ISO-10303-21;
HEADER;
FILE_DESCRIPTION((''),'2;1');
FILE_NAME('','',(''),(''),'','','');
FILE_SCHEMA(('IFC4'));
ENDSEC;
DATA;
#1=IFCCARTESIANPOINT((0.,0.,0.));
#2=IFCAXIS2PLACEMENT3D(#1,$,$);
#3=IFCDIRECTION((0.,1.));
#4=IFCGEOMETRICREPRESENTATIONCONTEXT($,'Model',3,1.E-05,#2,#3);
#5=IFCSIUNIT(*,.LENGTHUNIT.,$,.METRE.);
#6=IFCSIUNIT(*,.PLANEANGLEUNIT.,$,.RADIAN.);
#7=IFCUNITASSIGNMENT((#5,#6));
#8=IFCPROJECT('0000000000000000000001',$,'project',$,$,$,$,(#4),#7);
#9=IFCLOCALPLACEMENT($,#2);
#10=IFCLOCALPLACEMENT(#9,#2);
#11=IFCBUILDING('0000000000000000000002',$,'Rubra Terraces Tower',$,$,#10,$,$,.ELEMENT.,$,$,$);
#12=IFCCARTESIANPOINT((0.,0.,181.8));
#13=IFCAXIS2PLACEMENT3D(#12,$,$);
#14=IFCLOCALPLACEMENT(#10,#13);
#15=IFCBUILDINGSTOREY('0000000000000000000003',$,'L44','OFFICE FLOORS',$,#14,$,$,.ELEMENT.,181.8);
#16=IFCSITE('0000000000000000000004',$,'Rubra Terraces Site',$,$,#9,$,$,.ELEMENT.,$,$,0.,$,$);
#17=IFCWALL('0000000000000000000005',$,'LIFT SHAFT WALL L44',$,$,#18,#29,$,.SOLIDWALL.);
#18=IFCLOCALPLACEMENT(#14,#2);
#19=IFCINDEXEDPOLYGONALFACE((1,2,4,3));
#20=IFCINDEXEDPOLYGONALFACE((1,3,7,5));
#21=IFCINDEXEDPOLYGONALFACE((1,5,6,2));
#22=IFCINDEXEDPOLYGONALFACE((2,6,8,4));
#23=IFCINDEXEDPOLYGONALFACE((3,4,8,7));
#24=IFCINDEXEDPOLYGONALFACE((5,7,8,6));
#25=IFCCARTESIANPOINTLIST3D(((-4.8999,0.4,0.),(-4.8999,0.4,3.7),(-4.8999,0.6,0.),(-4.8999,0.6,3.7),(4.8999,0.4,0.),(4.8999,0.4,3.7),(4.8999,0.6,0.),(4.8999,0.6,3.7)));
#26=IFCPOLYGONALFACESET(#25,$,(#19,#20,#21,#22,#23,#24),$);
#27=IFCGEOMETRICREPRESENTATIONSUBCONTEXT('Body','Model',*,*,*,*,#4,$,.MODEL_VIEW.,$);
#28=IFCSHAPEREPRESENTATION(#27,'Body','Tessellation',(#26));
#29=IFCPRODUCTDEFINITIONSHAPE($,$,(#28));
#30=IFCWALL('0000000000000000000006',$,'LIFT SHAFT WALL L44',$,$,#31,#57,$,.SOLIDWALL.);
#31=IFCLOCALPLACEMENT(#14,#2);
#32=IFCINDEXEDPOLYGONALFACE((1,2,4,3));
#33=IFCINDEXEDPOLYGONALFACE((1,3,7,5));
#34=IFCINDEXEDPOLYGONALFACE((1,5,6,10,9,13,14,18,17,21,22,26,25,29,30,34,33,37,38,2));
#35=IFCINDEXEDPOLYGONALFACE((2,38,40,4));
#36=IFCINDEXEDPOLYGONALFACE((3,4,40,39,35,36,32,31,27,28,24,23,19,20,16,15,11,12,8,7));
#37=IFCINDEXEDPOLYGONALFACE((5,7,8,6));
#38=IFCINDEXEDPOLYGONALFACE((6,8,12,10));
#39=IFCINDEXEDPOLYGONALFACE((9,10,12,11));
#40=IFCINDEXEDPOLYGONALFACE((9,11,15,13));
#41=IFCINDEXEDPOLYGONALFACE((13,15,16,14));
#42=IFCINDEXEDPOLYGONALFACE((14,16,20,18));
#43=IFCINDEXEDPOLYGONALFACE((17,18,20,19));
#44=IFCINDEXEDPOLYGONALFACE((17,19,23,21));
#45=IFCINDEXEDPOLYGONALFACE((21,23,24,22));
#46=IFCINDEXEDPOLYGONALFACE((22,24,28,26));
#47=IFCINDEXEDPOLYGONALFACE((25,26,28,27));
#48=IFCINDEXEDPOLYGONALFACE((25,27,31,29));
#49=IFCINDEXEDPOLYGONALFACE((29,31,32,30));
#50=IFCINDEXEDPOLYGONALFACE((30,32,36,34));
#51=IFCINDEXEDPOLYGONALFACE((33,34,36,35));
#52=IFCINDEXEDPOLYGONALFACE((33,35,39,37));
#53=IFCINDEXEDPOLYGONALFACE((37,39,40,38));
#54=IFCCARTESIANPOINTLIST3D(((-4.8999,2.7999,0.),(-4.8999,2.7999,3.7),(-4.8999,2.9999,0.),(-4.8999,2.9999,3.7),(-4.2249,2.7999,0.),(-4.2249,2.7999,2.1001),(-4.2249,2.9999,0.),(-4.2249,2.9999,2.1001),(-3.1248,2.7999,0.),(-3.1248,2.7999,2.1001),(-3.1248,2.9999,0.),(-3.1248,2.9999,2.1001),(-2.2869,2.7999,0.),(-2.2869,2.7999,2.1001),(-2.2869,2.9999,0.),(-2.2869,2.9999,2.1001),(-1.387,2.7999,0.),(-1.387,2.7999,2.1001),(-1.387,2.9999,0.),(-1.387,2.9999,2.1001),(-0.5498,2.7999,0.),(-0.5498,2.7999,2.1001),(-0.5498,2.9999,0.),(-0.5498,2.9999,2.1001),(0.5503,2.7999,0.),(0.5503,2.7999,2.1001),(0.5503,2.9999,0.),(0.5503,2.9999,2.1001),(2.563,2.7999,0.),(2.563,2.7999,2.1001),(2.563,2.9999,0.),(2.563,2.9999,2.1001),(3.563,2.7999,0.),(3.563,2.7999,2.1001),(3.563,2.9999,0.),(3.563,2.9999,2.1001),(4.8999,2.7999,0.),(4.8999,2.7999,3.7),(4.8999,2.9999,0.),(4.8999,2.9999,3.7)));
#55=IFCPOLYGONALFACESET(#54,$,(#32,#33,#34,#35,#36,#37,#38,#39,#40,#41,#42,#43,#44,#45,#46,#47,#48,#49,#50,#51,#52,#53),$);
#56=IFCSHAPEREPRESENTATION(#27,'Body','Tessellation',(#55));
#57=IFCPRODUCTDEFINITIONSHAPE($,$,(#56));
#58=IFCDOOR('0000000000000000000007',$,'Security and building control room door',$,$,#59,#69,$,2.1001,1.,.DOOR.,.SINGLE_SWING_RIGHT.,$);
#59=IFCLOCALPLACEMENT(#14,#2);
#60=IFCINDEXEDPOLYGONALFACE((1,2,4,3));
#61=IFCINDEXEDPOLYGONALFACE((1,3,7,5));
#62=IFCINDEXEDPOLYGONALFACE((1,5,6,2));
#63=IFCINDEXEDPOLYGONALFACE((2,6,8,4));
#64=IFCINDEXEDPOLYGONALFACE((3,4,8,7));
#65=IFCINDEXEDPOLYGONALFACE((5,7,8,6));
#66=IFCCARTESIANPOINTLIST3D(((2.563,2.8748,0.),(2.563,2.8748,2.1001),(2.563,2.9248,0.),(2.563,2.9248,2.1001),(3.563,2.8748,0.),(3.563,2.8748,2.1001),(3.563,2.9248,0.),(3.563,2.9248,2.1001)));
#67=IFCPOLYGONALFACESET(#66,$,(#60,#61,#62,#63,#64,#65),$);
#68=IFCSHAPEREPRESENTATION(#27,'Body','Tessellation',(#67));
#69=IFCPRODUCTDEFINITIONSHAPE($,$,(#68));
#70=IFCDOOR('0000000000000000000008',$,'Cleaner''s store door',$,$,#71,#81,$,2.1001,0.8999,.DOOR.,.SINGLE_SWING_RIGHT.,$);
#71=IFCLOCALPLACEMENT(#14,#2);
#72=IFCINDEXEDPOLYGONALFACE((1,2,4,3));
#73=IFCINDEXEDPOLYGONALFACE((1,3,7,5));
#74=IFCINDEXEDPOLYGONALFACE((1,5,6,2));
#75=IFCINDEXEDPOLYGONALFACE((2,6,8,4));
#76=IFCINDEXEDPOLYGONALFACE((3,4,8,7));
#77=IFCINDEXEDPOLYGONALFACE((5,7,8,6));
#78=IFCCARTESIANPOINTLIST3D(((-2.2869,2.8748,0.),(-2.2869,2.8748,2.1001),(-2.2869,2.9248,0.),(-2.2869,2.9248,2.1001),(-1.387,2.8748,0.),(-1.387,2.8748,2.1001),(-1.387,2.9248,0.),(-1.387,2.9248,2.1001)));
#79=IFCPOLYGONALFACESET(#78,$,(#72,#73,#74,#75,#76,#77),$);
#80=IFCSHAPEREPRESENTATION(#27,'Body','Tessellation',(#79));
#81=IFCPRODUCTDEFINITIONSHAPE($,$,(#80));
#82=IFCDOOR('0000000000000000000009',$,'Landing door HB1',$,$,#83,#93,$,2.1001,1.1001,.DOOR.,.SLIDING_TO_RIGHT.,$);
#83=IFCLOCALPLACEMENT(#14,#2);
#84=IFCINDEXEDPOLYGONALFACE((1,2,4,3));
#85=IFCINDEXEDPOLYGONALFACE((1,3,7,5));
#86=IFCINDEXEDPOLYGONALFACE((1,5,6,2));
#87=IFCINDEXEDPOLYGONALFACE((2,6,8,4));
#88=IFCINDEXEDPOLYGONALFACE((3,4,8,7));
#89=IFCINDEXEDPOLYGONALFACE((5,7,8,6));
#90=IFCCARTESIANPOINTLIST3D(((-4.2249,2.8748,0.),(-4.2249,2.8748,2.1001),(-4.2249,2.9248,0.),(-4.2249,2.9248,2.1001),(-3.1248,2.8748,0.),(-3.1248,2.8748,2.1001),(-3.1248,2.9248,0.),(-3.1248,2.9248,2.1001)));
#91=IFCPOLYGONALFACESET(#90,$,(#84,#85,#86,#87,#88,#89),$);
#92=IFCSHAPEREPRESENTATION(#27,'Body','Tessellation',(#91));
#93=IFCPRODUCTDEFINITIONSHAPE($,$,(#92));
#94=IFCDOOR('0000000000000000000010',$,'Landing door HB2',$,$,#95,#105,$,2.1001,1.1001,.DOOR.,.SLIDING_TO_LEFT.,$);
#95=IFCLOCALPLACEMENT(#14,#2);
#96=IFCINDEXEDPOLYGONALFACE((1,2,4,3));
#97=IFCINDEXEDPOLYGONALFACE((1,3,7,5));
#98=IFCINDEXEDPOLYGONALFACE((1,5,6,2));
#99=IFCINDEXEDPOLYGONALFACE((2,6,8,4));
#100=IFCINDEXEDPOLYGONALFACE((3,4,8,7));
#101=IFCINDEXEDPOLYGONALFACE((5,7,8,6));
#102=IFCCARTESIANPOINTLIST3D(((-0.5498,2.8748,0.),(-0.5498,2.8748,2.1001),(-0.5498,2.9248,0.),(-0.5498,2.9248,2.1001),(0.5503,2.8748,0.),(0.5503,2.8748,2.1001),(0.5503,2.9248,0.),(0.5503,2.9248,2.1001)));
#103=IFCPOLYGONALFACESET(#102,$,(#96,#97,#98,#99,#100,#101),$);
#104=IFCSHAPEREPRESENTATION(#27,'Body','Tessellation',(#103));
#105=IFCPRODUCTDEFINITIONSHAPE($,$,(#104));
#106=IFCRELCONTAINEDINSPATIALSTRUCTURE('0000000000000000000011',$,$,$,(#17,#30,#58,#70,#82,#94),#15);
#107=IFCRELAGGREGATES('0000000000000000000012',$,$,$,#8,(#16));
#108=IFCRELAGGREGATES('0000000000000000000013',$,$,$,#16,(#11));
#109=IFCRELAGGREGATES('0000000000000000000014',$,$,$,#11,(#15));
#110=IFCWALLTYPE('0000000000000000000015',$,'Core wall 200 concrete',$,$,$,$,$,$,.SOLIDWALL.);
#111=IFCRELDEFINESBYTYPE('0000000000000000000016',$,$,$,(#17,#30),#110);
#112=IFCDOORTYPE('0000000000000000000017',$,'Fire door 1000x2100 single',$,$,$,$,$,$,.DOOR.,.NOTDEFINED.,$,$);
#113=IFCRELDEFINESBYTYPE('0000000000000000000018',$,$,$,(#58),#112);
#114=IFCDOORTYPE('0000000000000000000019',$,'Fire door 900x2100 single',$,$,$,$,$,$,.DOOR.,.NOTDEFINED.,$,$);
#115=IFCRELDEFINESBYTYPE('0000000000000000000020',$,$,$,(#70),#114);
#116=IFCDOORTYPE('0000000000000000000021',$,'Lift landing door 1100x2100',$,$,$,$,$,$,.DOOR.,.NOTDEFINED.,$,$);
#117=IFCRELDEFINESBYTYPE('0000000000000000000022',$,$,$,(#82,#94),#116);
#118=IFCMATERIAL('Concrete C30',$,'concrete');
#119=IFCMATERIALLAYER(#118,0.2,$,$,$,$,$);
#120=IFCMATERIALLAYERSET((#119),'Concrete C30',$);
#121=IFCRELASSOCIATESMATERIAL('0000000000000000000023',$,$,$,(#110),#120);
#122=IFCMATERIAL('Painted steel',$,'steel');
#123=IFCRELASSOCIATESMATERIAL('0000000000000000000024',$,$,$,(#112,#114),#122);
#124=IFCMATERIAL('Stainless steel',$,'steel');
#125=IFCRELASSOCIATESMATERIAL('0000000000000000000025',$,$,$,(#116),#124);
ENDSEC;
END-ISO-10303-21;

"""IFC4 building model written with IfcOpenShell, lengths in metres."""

from ifc_helpers import new_model, si_unit, direction, frame, frame_2d, origin, place, context, subcontext, project, spatial, rectangle, extrude, material, layer, layer_set, type_object, element, fill, save


model = new_model("IFC4")

# Units and contexts
model_context = context("Model", 3, precision=1e-05, world=origin(), true_north=direction((0.0, 1.0)))
body_context = subcontext(model_context, "Body", "Model", "MODEL_VIEW")
ifc_project = project(units=[si_unit("LENGTHUNIT", "METRE"), si_unit("PLANEANGLEUNIT", "RADIAN")], contexts=[model_context])

# Site, building, storey
site_placement = place(None, origin())
site = spatial("IfcSite", under=ifc_project, at=site_placement, Name="Rubra Terraces Site", CompositionType="ELEMENT", RefElevation=0.0)
building_placement = place(site_placement, origin())
building = spatial("IfcBuilding", under=site, at=building_placement, Name="Rubra Terraces Tower", CompositionType="ELEMENT")
storey_placement = place(building_placement, frame((0.0, 0.0, 181.8)))
storey = spatial("IfcBuildingStorey", under=building, at=storey_placement, Name="L44", Description="OFFICE FLOORS", CompositionType="ELEMENT", Elevation=181.8)

# Wall
ifc_material_1 = material(Name="Concrete C30", Category="concrete")
ifc_layer_1 = layer(ifc_material_1, 0.2)
ifc_layer_set_1 = layer_set([ifc_layer_1], Name="Concrete C30")
wall_type_1 = type_object("IfcWallType", Name="Core wall 200 concrete", PredefinedType="SOLIDWALL", material=ifc_layer_set_1)
wall_1_placement = place(storey_placement, frame((-4.8999, 0.5, 0.0), z_axis=(0.0, 0.0, 1.0), x_axis=(1.0, 0.0, 0.0)))
element("IfcWall", 1, at=wall_1_placement, inside=storey, type_object=wall_type_1, Name="LIFT SHAFT WALL L44", PredefinedType="SOLIDWALL", context=body_context, shape_type="SweptSolid", body=[
    extrude(rectangle(XDim=9.7998, YDim=0.2, at=frame_2d((4.8999, 0.0))), origin(), (0.0, 0.0, 1.0), 3.7),
])

# Wall, openings, doors
wall_2_placement = place(storey_placement, frame((-4.8999, 2.8999, 0.0), z_axis=(0.0, 0.0, 1.0), x_axis=(1.0, 0.0, 0.0)))
wall_2 = element("IfcWall", 2, at=wall_2_placement, inside=storey, type_object=wall_type_1, Name="LIFT SHAFT WALL L44", PredefinedType="SOLIDWALL", context=body_context, shape_type="SweptSolid", body=[
    extrude(rectangle(XDim=9.7998, YDim=0.2, at=frame_2d((4.8999, 0.0))), origin(), (0.0, 0.0, 1.0), 3.7),
])
opening_1_placement = place(wall_2_placement, frame((0.675, 0.0, 0.0)))
opening_1 = element("IfcOpeningElement", 3, at=opening_1_placement, cuts=wall_2, PredefinedType="OPENING", context=body_context, shape_type="SweptSolid", body=[
    extrude(rectangle(XDim=1.1001, YDim=2.1001, at=frame_2d((0.55, 1.05))), frame((0.0, 0.1099, 0.0), z_axis=(0.0, -1.0, 0.0), x_axis=(1.0, 0.0, 0.0)), (0.0, 0.0, 1.0), 0.22),
])
opening_2_placement = place(wall_2_placement, frame((2.613, 0.0, 0.0)))
opening_2 = element("IfcOpeningElement", 4, at=opening_2_placement, cuts=wall_2, PredefinedType="OPENING", context=body_context, shape_type="SweptSolid", body=[
    extrude(rectangle(XDim=0.8999, YDim=2.1001, at=frame_2d((0.45, 1.05))), frame((0.0, 0.1099, 0.0), z_axis=(0.0, -1.0, 0.0), x_axis=(1.0, 0.0, 0.0)), (0.0, 0.0, 1.0), 0.22),
])
opening_3_placement = place(wall_2_placement, frame((4.3501, 0.0, 0.0)))
opening_3 = element("IfcOpeningElement", 5, at=opening_3_placement, cuts=wall_2, PredefinedType="OPENING", context=body_context, shape_type="SweptSolid", body=[
    extrude(rectangle(XDim=1.1001, YDim=2.1001, at=frame_2d((0.55, 1.05))), frame((0.0, 0.1099, 0.0), z_axis=(0.0, -1.0, 0.0), x_axis=(1.0, 0.0, 0.0)), (0.0, 0.0, 1.0), 0.22),
])
opening_4_placement = place(wall_2_placement, frame((7.4629, 0.0, 0.0)))
opening_4 = element("IfcOpeningElement", 6, at=opening_4_placement, cuts=wall_2, PredefinedType="OPENING", context=body_context, shape_type="SweptSolid", body=[
    extrude(rectangle(XDim=1.0, YDim=2.1001, at=frame_2d((0.5, 1.05))), frame((0.0, 0.1099, 0.0), z_axis=(0.0, -1.0, 0.0), x_axis=(1.0, 0.0, 0.0)), (0.0, 0.0, 1.0), 0.22),
])
ifc_material_2 = material(Name="Painted steel", Category="steel")
door_type_1 = type_object("IfcDoorType", Name="Fire door 1000x2100 single", OperationType="NOTDEFINED", PredefinedType="DOOR", material=ifc_material_2)
door_1_placement = place(opening_4_placement, origin())
door_1 = element("IfcDoor", 7, at=door_1_placement, inside=storey, type_object=door_type_1, Name="Security and building control room door", OperationType="SINGLE_SWING_RIGHT", OverallHeight=2.1001, OverallWidth=1.0, PredefinedType="DOOR", context=body_context, shape_type="SweptSolid", body=[
    extrude(rectangle(XDim=1.0, YDim=2.1001, at=frame_2d((0.5, 1.05))), frame((0.0, 0.0249, 0.0), z_axis=(0.0, -1.0, 0.0), x_axis=(1.0, 0.0, 0.0)), (0.0, 0.0, 1.0), 0.05),
])
fill(opening_4, door_1)
door_type_2 = type_object("IfcDoorType", Name="Fire door 900x2100 single", OperationType="NOTDEFINED", PredefinedType="DOOR", material=ifc_material_2)
door_2_placement = place(opening_2_placement, origin())
door_2 = element("IfcDoor", 8, at=door_2_placement, inside=storey, type_object=door_type_2, Name="Cleaner's store door", OperationType="SINGLE_SWING_RIGHT", OverallHeight=2.1001, OverallWidth=0.8999, PredefinedType="DOOR", context=body_context, shape_type="SweptSolid", body=[
    extrude(rectangle(XDim=0.8999, YDim=2.1001, at=frame_2d((0.45, 1.05))), frame((0.0, 0.0249, 0.0), z_axis=(0.0, -1.0, 0.0), x_axis=(1.0, 0.0, 0.0)), (0.0, 0.0, 1.0), 0.05),
])
fill(opening_2, door_2)
ifc_material_3 = material(Name="Stainless steel", Category="steel")
door_type_3 = type_object("IfcDoorType", Name="Lift landing door 1100x2100", OperationType="NOTDEFINED", PredefinedType="DOOR", material=ifc_material_3)
door_3_placement = place(opening_1_placement, origin())
door_3 = element("IfcDoor", 9, at=door_3_placement, inside=storey, type_object=door_type_3, Name="Landing door HB1", OperationType="SLIDING_TO_RIGHT", OverallHeight=2.1001, OverallWidth=1.1001, PredefinedType="DOOR", context=body_context, shape_type="SweptSolid", body=[
    extrude(rectangle(XDim=1.1001, YDim=2.1001, at=frame_2d((0.55, 1.05))), frame((0.0, 0.0249, 0.0), z_axis=(0.0, -1.0, 0.0), x_axis=(1.0, 0.0, 0.0)), (0.0, 0.0, 1.0), 0.05),
])
fill(opening_1, door_3)
door_4_placement = place(opening_3_placement, origin())
door_4 = element("IfcDoor", 10, at=door_4_placement, inside=storey, type_object=door_type_3, Name="Landing door HB2", OperationType="SLIDING_TO_LEFT", OverallHeight=2.1001, OverallWidth=1.1001, PredefinedType="DOOR", context=body_context, shape_type="SweptSolid", body=[
    extrude(rectangle(XDim=1.1001, YDim=2.1001, at=frame_2d((0.55, 1.05))), frame((0.0, 0.0249, 0.0), z_axis=(0.0, -1.0, 0.0), x_axis=(1.0, 0.0, 0.0)), (0.0, 0.0, 1.0), 0.05),
])
fill(opening_3, door_4)

save(model, "model.ifc")
